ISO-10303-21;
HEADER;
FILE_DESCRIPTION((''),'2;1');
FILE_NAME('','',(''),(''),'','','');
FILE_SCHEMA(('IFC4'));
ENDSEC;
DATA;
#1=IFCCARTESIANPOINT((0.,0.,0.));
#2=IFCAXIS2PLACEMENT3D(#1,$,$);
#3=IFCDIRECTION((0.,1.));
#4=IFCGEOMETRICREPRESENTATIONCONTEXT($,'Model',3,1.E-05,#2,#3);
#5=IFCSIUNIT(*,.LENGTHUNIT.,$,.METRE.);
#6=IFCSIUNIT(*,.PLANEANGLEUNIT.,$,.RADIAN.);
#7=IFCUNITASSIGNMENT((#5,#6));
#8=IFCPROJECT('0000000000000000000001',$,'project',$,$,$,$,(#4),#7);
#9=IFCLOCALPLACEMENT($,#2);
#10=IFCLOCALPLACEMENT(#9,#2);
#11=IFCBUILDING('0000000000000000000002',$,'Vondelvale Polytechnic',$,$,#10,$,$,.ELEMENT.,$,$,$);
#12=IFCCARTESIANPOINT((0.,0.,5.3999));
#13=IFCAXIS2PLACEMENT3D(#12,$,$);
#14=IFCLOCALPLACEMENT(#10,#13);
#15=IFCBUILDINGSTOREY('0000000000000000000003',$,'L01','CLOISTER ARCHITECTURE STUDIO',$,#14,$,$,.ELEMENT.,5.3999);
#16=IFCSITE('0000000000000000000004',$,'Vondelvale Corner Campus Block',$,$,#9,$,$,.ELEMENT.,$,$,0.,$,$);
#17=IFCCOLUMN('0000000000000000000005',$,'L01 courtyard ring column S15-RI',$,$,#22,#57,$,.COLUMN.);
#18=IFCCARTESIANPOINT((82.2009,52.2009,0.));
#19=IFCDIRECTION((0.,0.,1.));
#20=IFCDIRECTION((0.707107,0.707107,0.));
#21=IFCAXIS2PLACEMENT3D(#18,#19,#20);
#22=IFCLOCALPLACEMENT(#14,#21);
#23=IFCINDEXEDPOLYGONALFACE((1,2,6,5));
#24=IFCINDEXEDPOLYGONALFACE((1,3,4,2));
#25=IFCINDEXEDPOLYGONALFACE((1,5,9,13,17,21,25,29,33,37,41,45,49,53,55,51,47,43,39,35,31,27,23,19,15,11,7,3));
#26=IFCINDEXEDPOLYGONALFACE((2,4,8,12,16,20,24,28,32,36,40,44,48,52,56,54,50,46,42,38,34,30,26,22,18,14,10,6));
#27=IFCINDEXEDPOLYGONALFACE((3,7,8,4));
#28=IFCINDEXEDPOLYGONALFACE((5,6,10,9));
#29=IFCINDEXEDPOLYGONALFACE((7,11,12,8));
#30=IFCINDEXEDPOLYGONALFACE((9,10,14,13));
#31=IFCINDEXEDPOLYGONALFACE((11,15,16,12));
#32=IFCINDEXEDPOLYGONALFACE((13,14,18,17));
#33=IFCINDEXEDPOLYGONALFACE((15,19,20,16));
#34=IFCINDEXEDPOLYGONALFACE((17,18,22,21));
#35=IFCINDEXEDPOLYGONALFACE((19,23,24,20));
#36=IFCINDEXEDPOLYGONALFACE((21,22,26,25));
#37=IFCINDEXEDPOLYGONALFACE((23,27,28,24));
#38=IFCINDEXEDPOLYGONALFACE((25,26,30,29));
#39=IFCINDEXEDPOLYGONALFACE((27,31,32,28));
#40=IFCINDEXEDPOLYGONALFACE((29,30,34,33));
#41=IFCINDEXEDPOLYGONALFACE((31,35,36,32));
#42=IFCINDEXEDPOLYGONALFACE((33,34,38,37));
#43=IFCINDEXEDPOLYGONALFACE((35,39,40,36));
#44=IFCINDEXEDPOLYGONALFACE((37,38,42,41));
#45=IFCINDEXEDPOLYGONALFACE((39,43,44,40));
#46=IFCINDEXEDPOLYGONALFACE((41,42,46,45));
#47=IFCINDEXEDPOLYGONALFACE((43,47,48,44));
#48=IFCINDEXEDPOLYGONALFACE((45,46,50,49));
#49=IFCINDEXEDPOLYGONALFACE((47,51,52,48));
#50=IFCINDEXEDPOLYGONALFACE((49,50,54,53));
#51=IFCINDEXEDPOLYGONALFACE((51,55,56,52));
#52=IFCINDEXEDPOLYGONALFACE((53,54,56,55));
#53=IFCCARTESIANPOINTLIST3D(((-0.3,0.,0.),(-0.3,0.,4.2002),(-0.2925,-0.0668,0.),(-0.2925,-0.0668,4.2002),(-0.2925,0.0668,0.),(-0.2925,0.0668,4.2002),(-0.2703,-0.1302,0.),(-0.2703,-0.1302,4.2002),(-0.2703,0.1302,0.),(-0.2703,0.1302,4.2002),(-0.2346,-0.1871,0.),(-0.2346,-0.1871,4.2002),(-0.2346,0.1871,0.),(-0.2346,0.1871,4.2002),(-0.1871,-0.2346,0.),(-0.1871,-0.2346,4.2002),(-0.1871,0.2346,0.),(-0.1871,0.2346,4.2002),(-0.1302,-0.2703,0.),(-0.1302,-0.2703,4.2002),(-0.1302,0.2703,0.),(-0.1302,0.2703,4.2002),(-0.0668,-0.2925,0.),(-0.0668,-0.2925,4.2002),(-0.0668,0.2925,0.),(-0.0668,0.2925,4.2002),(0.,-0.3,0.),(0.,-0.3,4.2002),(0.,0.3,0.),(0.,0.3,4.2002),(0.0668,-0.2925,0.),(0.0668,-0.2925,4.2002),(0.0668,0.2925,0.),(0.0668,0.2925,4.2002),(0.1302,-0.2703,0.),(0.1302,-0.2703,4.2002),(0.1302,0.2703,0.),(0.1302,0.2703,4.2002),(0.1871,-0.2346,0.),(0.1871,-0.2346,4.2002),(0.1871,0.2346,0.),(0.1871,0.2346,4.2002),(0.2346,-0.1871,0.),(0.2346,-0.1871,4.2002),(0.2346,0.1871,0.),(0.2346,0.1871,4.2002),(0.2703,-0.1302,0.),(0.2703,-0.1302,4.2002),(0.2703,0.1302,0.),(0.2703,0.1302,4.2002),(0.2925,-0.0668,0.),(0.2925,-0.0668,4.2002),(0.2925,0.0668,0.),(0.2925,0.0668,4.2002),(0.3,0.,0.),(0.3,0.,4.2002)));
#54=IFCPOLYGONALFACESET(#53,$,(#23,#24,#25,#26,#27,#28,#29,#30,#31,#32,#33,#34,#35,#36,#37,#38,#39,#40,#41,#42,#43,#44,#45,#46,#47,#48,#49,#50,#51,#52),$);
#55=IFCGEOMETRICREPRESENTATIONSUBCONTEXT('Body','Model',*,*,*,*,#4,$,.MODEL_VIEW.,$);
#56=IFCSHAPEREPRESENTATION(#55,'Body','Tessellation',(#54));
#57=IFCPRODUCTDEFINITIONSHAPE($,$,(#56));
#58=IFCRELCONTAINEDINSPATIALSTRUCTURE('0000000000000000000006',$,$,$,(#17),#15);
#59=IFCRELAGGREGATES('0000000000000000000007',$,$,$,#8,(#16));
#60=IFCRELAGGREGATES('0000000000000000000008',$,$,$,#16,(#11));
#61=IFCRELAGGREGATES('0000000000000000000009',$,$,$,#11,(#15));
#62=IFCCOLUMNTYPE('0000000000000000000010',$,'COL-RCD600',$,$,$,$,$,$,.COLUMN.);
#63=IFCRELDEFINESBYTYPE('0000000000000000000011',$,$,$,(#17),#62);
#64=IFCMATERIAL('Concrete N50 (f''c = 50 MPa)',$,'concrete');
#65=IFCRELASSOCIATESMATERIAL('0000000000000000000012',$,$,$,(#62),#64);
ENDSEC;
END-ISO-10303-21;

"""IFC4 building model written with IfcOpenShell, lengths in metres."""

from ifc_helpers import new_model, si_unit, direction, frame, origin, origin_2d, place, context, subcontext, project, spatial, circle, extrude, material, material_profile, profile_set, type_object, element, save


model = new_model("IFC4")

# Units and contexts
model_context = context("Model", 3, precision=1e-05, world=origin(), true_north=direction((0.0, 1.0)))
body_context = subcontext(model_context, "Body", "Model", "MODEL_VIEW")
ifc_project = project(units=[si_unit("LENGTHUNIT", "METRE"), si_unit("PLANEANGLEUNIT", "RADIAN")], contexts=[model_context])

# Site, building, storey
site_placement = place(None, origin())
site = spatial("IfcSite", under=ifc_project, at=site_placement, Name="Vondelvale Corner Campus Block", CompositionType="ELEMENT", RefElevation=0.0)
building_placement = place(site_placement, origin())
building = spatial("IfcBuilding", under=site, at=building_placement, Name="Vondelvale Polytechnic", CompositionType="ELEMENT")
storey_placement = place(building_placement, frame((0.0, 0.0, 5.3999)))
storey = spatial("IfcBuildingStorey", under=building, at=storey_placement, Name="L01", Description="CLOISTER ARCHITECTURE STUDIO", CompositionType="ELEMENT", Elevation=5.3999)

# Column
ifc_material_1 = material(Name="Concrete N50 (f'c = 50 MPa)", Category="concrete")
ifc_material_profile_1 = material_profile(ifc_material_1, circle(Radius=0.3, at=origin_2d()), Name="RC-COL-D600")
ifc_profile_set_1 = profile_set([ifc_material_profile_1], Name="Concrete N50 (f'c = 50 MPa)")
column_type = type_object("IfcColumnType", Name="COL-RCD600", PredefinedType="COLUMN", material=ifc_profile_set_1)
column_placement = place(storey_placement, frame((82.2009, 52.2009, 0.0), z_axis=(0.0, 0.0, 1.0), x_axis=(0.707107, 0.707107, 0.0)))
element("IfcColumn", 1, at=column_placement, inside=storey, type_object=column_type, Name="L01 courtyard ring column S15-RI", PredefinedType="COLUMN", context=body_context, shape_type="SweptSolid", body=[
    extrude(circle(Radius=0.3, at=origin_2d()), origin(), (0.0, 0.0, 1.0), 4.2002),
])

save(model, "model.ifc")
